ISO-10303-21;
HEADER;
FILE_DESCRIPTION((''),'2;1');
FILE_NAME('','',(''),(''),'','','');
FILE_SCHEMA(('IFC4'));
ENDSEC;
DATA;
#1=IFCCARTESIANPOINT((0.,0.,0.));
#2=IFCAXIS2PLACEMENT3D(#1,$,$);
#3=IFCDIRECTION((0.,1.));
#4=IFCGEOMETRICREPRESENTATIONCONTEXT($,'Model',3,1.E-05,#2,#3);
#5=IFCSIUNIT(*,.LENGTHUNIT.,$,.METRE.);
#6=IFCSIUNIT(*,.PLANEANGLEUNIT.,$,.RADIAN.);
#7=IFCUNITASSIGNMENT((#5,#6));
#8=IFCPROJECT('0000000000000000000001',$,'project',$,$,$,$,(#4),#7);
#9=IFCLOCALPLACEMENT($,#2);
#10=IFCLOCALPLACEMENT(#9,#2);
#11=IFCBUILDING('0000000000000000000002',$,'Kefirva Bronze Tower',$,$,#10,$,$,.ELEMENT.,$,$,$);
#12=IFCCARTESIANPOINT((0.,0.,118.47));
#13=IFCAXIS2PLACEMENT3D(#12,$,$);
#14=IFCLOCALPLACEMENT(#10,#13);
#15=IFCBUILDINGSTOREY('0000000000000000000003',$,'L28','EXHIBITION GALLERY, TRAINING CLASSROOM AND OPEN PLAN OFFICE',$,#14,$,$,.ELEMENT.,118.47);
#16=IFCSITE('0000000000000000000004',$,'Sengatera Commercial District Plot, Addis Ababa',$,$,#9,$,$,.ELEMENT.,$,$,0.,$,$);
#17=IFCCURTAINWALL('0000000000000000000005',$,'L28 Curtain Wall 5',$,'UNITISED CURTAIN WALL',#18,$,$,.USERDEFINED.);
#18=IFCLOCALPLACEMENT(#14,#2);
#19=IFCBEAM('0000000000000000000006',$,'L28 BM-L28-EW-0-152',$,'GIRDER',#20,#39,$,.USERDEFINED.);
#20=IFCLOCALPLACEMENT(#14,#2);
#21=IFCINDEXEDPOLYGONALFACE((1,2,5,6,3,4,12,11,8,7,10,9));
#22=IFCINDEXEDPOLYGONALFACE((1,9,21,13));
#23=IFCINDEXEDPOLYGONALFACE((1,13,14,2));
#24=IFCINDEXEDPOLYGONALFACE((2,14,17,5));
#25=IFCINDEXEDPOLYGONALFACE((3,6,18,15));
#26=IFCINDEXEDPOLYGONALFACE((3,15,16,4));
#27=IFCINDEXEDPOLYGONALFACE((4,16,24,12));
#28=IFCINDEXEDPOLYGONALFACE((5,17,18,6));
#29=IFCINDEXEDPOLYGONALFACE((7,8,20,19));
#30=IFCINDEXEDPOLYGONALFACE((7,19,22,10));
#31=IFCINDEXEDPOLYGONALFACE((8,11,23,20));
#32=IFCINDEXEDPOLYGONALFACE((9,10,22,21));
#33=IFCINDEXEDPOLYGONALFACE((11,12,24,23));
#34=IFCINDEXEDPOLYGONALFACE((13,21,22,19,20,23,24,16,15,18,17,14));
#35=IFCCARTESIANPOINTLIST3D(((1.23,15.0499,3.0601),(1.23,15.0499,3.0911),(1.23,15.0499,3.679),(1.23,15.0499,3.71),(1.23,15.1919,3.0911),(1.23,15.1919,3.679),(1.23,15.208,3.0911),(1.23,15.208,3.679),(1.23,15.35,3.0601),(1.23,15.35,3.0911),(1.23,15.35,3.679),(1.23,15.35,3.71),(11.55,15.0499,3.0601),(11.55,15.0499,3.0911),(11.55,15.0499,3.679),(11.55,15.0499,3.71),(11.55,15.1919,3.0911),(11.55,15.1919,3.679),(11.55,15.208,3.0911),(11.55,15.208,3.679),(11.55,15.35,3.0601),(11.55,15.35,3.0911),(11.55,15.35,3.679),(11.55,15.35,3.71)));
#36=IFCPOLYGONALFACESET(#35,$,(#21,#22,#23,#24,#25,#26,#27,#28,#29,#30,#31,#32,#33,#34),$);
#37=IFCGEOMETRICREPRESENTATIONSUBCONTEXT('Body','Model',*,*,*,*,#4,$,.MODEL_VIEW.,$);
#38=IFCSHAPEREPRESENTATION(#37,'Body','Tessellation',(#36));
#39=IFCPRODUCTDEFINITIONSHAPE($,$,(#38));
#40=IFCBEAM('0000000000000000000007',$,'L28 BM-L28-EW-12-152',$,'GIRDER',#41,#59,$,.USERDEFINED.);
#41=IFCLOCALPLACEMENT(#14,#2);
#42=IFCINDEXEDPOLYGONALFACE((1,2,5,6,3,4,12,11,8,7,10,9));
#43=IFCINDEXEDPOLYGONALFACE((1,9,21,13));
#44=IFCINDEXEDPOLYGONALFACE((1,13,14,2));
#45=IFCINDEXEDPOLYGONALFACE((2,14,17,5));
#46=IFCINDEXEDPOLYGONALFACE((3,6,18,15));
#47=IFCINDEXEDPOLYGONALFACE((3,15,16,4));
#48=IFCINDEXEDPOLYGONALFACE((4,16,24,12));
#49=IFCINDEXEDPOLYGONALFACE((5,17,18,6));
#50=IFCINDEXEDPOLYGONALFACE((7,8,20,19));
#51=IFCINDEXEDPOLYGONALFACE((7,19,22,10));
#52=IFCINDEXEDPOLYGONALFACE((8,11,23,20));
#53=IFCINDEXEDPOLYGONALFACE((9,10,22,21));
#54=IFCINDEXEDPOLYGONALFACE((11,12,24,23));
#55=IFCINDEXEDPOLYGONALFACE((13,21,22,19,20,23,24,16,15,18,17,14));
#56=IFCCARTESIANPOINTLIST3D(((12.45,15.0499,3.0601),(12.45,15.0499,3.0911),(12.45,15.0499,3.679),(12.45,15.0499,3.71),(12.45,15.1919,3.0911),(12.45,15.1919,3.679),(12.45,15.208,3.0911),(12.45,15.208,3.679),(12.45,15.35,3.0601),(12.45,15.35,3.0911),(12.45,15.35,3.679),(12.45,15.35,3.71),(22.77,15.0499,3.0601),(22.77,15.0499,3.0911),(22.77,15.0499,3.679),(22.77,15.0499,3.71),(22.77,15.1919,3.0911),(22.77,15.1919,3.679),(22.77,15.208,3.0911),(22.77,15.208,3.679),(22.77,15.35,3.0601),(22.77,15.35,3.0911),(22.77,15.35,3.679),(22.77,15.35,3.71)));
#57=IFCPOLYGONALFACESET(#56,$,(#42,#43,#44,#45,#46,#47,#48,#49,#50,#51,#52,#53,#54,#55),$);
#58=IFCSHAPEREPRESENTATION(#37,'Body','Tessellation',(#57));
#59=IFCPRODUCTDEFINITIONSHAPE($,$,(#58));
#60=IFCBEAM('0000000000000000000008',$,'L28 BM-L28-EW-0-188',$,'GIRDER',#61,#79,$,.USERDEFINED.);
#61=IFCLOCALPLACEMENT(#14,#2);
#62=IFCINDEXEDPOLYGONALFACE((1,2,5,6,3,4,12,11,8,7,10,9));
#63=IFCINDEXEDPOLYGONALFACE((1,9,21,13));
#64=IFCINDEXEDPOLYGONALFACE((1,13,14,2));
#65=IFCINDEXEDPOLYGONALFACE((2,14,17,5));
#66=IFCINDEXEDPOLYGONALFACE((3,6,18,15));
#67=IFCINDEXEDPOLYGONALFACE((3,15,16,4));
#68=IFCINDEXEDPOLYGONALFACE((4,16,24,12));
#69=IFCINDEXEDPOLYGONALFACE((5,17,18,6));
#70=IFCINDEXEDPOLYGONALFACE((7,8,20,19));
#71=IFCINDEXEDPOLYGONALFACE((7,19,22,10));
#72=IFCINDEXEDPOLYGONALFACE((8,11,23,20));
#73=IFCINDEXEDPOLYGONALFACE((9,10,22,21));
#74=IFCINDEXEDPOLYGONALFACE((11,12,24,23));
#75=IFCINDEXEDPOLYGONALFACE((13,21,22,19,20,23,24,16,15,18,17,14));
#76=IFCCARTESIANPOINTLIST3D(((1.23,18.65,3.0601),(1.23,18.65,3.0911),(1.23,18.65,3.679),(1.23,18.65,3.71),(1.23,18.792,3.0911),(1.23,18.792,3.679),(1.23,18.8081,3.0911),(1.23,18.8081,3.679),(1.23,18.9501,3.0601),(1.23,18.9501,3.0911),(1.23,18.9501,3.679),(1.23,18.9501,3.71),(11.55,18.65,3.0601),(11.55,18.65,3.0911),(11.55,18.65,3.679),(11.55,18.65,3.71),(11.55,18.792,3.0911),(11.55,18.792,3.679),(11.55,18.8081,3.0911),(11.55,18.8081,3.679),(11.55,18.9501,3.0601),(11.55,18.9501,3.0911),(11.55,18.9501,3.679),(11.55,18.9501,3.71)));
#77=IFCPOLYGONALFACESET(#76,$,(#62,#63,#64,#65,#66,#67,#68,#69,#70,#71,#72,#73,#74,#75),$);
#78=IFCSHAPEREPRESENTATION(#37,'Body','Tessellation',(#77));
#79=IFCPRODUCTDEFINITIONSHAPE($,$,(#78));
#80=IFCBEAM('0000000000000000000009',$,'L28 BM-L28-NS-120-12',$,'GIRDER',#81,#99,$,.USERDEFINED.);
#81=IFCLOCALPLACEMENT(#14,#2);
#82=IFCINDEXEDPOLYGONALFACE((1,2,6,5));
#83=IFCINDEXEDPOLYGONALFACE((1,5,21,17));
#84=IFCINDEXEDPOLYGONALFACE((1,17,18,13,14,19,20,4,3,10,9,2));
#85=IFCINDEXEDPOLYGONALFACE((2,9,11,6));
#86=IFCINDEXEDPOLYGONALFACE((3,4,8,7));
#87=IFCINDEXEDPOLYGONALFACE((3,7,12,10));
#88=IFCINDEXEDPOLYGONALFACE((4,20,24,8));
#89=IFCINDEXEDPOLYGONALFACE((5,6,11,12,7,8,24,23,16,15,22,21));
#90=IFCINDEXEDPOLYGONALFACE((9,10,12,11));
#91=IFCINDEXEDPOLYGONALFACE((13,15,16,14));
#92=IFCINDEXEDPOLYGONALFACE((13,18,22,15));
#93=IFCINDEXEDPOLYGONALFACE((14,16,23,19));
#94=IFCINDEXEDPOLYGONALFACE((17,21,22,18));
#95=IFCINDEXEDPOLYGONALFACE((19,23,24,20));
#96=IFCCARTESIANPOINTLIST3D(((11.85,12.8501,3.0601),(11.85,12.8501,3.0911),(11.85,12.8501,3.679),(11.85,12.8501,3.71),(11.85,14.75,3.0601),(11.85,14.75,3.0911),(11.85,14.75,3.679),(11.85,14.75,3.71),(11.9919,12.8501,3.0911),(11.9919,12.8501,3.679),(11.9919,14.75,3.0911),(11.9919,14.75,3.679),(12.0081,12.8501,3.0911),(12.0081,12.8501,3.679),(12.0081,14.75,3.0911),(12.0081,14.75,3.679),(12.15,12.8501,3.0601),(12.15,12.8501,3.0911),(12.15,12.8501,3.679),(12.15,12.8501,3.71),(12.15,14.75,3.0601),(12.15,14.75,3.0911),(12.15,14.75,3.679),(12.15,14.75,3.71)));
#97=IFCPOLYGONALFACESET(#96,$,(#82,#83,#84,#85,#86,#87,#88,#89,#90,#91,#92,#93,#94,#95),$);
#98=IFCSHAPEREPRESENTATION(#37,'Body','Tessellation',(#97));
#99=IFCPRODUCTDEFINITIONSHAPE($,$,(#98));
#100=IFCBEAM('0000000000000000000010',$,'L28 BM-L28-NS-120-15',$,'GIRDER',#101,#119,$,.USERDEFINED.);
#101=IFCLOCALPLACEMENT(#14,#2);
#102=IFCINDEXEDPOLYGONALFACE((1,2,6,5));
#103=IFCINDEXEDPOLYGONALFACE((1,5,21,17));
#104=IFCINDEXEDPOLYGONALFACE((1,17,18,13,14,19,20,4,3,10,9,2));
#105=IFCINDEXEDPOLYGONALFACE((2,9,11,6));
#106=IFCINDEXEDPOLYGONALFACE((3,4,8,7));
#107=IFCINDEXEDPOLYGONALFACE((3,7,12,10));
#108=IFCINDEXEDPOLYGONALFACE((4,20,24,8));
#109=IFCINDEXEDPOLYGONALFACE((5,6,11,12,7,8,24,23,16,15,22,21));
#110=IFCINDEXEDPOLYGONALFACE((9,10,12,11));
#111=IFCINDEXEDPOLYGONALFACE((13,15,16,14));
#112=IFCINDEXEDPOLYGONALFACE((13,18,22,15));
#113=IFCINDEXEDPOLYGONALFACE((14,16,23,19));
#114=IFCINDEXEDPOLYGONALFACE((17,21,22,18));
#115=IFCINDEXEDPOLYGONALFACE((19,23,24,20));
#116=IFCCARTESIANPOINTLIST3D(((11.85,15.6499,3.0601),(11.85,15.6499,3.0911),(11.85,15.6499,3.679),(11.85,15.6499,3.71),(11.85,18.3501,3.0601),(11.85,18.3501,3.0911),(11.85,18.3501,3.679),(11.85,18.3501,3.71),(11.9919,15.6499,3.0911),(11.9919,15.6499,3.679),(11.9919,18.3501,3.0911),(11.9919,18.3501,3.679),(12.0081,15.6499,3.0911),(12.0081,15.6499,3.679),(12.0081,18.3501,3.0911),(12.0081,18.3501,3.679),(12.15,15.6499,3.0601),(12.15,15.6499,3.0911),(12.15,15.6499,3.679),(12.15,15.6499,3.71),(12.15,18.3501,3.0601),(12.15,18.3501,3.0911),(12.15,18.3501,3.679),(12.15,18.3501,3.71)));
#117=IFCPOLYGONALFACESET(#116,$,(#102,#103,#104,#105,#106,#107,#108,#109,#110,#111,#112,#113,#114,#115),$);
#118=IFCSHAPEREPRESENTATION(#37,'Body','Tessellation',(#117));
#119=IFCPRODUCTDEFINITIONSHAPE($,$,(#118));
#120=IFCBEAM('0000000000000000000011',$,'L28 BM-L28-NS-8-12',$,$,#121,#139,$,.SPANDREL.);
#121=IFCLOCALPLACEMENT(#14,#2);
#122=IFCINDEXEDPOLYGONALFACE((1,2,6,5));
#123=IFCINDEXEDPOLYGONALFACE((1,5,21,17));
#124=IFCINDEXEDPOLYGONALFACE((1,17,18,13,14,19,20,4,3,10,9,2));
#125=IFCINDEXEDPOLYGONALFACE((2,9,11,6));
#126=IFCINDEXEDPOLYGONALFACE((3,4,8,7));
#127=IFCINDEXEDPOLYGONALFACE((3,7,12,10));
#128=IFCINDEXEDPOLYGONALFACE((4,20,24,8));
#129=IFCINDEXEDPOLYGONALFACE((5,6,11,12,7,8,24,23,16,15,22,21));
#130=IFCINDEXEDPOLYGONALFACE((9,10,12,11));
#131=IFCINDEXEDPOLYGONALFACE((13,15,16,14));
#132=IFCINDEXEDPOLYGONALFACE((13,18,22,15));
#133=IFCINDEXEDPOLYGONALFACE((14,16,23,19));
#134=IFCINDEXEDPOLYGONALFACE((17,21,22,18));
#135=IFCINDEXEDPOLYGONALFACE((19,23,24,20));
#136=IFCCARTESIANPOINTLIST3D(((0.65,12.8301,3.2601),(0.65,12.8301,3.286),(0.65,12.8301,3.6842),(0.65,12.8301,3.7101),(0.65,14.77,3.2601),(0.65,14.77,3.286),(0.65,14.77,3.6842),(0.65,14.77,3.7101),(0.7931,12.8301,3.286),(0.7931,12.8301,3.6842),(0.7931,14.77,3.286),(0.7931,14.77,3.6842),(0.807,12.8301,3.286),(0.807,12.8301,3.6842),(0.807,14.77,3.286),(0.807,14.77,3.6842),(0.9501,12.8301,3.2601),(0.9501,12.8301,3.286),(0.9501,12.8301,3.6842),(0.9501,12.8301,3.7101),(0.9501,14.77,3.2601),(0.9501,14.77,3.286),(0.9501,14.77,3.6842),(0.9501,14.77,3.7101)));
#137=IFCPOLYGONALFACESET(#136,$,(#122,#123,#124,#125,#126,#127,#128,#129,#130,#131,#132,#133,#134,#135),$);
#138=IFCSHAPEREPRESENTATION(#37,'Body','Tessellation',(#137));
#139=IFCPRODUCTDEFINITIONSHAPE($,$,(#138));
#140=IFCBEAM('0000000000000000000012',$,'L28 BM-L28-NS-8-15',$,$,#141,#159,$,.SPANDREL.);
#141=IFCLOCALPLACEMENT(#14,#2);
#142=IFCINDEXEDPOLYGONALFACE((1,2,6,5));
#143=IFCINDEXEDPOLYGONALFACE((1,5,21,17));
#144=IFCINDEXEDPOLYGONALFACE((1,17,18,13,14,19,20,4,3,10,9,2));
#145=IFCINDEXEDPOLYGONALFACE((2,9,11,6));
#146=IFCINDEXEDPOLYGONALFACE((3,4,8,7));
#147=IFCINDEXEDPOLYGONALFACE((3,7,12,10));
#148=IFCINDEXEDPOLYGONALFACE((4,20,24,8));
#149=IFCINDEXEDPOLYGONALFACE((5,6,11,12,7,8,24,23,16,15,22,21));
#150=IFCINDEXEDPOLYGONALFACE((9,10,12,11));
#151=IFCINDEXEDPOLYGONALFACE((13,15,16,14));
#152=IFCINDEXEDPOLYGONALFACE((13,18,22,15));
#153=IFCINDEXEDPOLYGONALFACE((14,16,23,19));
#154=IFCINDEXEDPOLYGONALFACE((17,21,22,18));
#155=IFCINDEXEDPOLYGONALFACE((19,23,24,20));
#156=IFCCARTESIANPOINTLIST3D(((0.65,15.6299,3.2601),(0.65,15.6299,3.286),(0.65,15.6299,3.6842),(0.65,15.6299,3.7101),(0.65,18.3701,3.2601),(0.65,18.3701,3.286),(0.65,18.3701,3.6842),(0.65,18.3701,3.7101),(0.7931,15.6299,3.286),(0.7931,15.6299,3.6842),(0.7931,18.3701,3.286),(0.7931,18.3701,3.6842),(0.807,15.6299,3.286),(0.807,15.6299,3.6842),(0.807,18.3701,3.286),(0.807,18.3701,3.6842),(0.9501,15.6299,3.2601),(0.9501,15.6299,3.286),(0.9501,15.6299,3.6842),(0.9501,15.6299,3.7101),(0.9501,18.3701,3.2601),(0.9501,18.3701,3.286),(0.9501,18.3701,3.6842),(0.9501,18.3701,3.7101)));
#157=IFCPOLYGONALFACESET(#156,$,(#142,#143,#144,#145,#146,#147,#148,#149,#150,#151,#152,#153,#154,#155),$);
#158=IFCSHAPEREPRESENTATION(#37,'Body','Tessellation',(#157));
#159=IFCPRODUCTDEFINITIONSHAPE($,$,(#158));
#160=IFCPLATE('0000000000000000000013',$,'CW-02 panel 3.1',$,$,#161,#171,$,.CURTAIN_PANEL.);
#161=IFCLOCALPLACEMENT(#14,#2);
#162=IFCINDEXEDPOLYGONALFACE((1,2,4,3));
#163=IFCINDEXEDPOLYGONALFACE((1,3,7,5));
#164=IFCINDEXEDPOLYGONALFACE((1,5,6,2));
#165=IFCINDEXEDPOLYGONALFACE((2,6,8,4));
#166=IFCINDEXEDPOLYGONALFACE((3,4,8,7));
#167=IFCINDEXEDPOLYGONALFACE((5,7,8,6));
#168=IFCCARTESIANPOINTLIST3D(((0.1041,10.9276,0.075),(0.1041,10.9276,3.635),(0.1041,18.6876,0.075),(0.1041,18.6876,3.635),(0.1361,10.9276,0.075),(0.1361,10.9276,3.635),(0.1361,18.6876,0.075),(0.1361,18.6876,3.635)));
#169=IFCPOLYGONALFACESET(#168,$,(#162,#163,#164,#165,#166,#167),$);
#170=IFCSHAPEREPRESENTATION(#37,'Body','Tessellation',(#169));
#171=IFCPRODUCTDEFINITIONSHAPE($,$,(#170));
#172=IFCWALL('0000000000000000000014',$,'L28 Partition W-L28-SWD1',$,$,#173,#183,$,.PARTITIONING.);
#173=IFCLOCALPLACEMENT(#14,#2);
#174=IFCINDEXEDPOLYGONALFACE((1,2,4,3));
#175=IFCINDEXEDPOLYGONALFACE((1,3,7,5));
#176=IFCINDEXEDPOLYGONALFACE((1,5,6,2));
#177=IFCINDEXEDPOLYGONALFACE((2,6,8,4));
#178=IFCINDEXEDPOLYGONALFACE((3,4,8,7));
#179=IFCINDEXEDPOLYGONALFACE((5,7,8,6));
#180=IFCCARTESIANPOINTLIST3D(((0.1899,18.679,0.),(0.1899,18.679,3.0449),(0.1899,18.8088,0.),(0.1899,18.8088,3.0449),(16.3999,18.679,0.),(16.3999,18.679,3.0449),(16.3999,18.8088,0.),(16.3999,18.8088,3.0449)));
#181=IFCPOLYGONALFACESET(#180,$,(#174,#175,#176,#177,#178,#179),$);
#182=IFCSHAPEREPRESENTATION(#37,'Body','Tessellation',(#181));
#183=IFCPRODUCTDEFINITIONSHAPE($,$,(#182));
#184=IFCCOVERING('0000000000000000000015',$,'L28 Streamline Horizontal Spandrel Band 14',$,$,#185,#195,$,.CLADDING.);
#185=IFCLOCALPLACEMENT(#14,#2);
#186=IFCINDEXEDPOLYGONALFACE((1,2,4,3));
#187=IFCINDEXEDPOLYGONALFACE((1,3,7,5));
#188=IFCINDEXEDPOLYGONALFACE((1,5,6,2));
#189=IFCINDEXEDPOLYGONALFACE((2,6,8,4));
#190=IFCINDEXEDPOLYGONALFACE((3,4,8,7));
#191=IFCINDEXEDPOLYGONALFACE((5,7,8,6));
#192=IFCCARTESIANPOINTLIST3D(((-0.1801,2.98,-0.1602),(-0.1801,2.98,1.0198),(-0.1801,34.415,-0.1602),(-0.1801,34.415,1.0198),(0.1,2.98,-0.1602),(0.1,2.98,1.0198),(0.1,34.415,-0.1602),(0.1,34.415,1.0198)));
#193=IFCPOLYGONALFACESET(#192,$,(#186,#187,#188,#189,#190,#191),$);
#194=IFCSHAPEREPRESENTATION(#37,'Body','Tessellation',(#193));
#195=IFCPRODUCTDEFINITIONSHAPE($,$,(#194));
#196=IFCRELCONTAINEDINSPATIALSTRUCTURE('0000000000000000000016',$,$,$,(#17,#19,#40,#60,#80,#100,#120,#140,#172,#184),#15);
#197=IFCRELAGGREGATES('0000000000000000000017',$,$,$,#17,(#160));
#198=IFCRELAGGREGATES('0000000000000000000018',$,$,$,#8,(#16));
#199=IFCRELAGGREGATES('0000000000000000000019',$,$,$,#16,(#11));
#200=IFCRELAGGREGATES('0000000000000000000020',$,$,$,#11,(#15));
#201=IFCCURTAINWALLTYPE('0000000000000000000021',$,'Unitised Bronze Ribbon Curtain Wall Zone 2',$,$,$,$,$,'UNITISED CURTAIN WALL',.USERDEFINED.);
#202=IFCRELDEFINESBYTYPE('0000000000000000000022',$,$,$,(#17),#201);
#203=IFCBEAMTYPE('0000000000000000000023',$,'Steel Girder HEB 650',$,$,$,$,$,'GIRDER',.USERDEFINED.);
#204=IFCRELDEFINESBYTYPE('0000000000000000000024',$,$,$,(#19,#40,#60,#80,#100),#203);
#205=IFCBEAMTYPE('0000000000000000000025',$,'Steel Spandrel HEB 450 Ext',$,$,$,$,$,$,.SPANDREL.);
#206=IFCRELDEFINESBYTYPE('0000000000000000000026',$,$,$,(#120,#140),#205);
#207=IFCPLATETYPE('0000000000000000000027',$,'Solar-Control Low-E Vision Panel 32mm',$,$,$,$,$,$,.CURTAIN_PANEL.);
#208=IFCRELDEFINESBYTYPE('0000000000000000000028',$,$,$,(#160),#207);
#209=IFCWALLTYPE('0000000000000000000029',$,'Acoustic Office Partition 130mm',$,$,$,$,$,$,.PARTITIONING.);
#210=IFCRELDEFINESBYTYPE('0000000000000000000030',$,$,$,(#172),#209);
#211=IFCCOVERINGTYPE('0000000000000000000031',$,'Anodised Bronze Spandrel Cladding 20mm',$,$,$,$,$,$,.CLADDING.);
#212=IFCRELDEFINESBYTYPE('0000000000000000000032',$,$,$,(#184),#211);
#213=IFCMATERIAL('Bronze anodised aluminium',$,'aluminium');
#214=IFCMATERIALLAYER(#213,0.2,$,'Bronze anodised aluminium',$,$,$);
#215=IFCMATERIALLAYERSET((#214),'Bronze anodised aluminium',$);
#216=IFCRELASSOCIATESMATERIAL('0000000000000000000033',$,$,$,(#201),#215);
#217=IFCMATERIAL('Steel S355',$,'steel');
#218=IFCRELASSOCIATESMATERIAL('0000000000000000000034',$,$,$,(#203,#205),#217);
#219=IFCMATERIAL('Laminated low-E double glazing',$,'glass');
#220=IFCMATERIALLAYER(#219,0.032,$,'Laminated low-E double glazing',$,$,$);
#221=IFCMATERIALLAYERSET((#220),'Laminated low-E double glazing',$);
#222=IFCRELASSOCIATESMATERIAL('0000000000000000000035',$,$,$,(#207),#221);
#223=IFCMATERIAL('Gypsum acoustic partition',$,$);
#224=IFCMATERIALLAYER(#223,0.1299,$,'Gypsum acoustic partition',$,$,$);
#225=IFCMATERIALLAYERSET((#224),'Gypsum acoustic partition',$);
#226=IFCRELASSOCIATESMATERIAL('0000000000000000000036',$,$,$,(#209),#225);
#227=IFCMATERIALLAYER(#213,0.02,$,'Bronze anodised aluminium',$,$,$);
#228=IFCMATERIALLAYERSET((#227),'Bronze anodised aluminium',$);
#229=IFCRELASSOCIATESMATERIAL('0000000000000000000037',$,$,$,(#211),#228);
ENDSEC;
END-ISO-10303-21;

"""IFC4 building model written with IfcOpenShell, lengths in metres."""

from ifc_helpers import new_model, si_unit, direction, frame, frame_2d, origin, origin_2d, place, context, subcontext, project, spatial, rectangle, i_section, extrude, material, layer, layer_set, material_profile, profile_set, type_object, element, aggregate, save


model = new_model("IFC4")

# Units and contexts
model_context = context("Model", 3, precision=1e-05, world=origin(), true_north=direction((0.0, 1.0)))
body_context = subcontext(model_context, "Body", "Model", "MODEL_VIEW")
ifc_project = project(units=[si_unit("LENGTHUNIT", "METRE"), si_unit("PLANEANGLEUNIT", "RADIAN")], contexts=[model_context])

# Site, building, storey
site_placement = place(None, origin())
site = spatial("IfcSite", under=ifc_project, at=site_placement, Name="Sengatera Commercial District Plot, Addis Ababa", CompositionType="ELEMENT", RefElevation=0.0)
building_placement = place(site_placement, origin())
building = spatial("IfcBuilding", under=site, at=building_placement, Name="Kefirva Bronze Tower", CompositionType="ELEMENT")
storey_placement = place(building_placement, frame((0.0, 0.0, 118.47)))
storey = spatial("IfcBuildingStorey", under=building, at=storey_placement, Name="L28", Description="EXHIBITION GALLERY, TRAINING CLASSROOM AND OPEN PLAN OFFICE", CompositionType="ELEMENT", Elevation=118.47)

# Curtain wall
ifc_material_1 = material(Name="Bronze anodised aluminium", Category="aluminium")
ifc_layer_1 = layer(ifc_material_1, 0.2, Name="Bronze anodised aluminium")
ifc_layer_set_1 = layer_set([ifc_layer_1], Name="Bronze anodised aluminium")
curtain_wall_type = type_object("IfcCurtainWallType", Name="Unitised Bronze Ribbon Curtain Wall Zone 2", ElementType="UNITISED CURTAIN WALL", PredefinedType="USERDEFINED", material=ifc_layer_set_1)
curtain_wall_placement = place(storey_placement, origin())
curtain_wall = element("IfcCurtainWall", 1, at=curtain_wall_placement, inside=storey, type_object=curtain_wall_type, Name="L28 Curtain Wall 5", ObjectType="UNITISED CURTAIN WALL", PredefinedType="USERDEFINED")

# Beams
ifc_material_2 = material(Name="Steel S355", Category="steel")
ifc_material_profile_1 = material_profile(ifc_material_2, i_section(OverallWidth=0.3, OverallDepth=0.6499, WebThickness=0.0161, FlangeThickness=0.031, at=origin_2d()), Name="HEB 650")
ifc_profile_set_1 = profile_set([ifc_material_profile_1], Name="Steel S355")
beam_type_1 = type_object("IfcBeamType", Name="Steel Girder HEB 650", ElementType="GIRDER", PredefinedType="USERDEFINED", material=ifc_profile_set_1)
for number, where, z_axis, x_axis, name in (
    (2, (1.23, 15.2, 3.385), (1.0, 0.0, 0.0), (0.0, 1.0, 0.0), "L28 BM-L28-EW-0-152"),
    (3, (12.45, 15.2, 3.385), (1.0, 0.0, 0.0), (0.0, 1.0, 0.0), "L28 BM-L28-EW-12-152"),
    (4, (1.23, 18.8, 3.385), (1.0, 0.0, 0.0), (0.0, 1.0, 0.0), "L28 BM-L28-EW-0-188"),
):
    element("IfcBeam", number, at=place(storey_placement, frame(where, z_axis=z_axis, x_axis=x_axis)), inside=storey, type_object=beam_type_1, Name=name, ObjectType="GIRDER", PredefinedType="USERDEFINED", context=body_context, shape_type="SweptSolid", body=[
        extrude(i_section(OverallWidth=0.3, OverallDepth=0.6499, WebThickness=0.0161, FlangeThickness=0.031, at=origin_2d()), origin(), (0.0, 0.0, 1.0), 10.3201),
    ])
beam_1_placement = place(storey_placement, frame((12.0, 12.8501, 3.385), z_axis=(0.0, 1.0, 0.0), x_axis=(-1.0, 0.0, 0.0)))
element("IfcBeam", 5, at=beam_1_placement, inside=storey, type_object=beam_type_1, Name="L28 BM-L28-NS-120-12", ObjectType="GIRDER", PredefinedType="USERDEFINED", context=body_context, shape_type="SweptSolid", body=[
    extrude(i_section(OverallWidth=0.3, OverallDepth=0.6499, WebThickness=0.0161, FlangeThickness=0.031, at=origin_2d()), origin(), (0.0, 0.0, 1.0), 1.8999),
])
beam_2_placement = place(storey_placement, frame((12.0, 15.6499, 3.385), z_axis=(0.0, 1.0, 0.0), x_axis=(-1.0, 0.0, 0.0)))
element("IfcBeam", 6, at=beam_2_placement, inside=storey, type_object=beam_type_1, Name="L28 BM-L28-NS-120-15", ObjectType="GIRDER", PredefinedType="USERDEFINED", context=body_context, shape_type="SweptSolid", body=[
    extrude(i_section(OverallWidth=0.3, OverallDepth=0.6499, WebThickness=0.0161, FlangeThickness=0.031, at=origin_2d()), origin(), (0.0, 0.0, 1.0), 2.7002),
])
ifc_material_profile_2 = material_profile(ifc_material_2, i_section(OverallWidth=0.3, OverallDepth=0.45, WebThickness=0.0139, FlangeThickness=0.0259, at=origin_2d()), Name="HEB 450")
ifc_profile_set_2 = profile_set([ifc_material_profile_2], Name="Steel S355")
beam_type_2 = type_object("IfcBeamType", Name="Steel Spandrel HEB 450 Ext", PredefinedType="SPANDREL", material=ifc_profile_set_2)
beam_3_placement = place(storey_placement, frame((0.8, 12.8301, 3.4851), z_axis=(0.0, 1.0, 0.0), x_axis=(-1.0, 0.0, 0.0)))
element("IfcBeam", 7, at=beam_3_placement, inside=storey, type_object=beam_type_2, Name="L28 BM-L28-NS-8-12", PredefinedType="SPANDREL", context=body_context, shape_type="SweptSolid", body=[
    extrude(i_section(OverallWidth=0.3, OverallDepth=0.45, WebThickness=0.0139, FlangeThickness=0.0259, at=origin_2d()), origin(), (0.0, 0.0, 1.0), 1.9399),
])
beam_4_placement = place(storey_placement, frame((0.8, 15.6299, 3.4851), z_axis=(0.0, 1.0, 0.0), x_axis=(-1.0, 0.0, 0.0)))
element("IfcBeam", 8, at=beam_4_placement, inside=storey, type_object=beam_type_2, Name="L28 BM-L28-NS-8-15", PredefinedType="SPANDREL", context=body_context, shape_type="SweptSolid", body=[
    extrude(i_section(OverallWidth=0.3, OverallDepth=0.45, WebThickness=0.0139, FlangeThickness=0.0259, at=origin_2d()), origin(), (0.0, 0.0, 1.0), 2.7402),
])

# Plate
ifc_material_3 = material(Name="Laminated low-E double glazing", Category="glass")
ifc_layer_2 = layer(ifc_material_3, 0.032, Name="Laminated low-E double glazing")
ifc_layer_set_2 = layer_set([ifc_layer_2], Name="Laminated low-E double glazing")
plate_type = type_object("IfcPlateType", Name="Solar-Control Low-E Vision Panel 32mm", PredefinedType="CURTAIN_PANEL", material=ifc_layer_set_2)
plate_placement = place(storey_placement, frame((0.1201, 14.8076, 0.075), z_axis=(0.0, 0.0, 1.0), x_axis=(0.0, -1.0, 0.0)))
plate = element("IfcPlate", 9, at=plate_placement, type_object=plate_type, Name="CW-02 panel 3.1", PredefinedType="CURTAIN_PANEL", context=body_context, shape_type="SweptSolid", body=[
    extrude(rectangle(XDim=7.76, YDim=0.032, at=origin_2d()), origin(), (0.0, 0.0, 1.0), 3.5601),
])
aggregate(curtain_wall, [plate])

# Wall
ifc_material_4 = material(Name="Gypsum acoustic partition")
ifc_layer_3 = layer(ifc_material_4, 0.1299, Name="Gypsum acoustic partition")
ifc_layer_set_3 = layer_set([ifc_layer_3], Name="Gypsum acoustic partition")
wall_type = type_object("IfcWallType", Name="Acoustic Office Partition 130mm", PredefinedType="PARTITIONING", material=ifc_layer_set_3)
wall_placement = place(storey_placement, frame((0.1899, 18.7439, 0.0), z_axis=(0.0, 0.0, 1.0), x_axis=(1.0, 0.0, 0.0)))
element("IfcWall", 10, at=wall_placement, inside=storey, type_object=wall_type, Name="L28 Partition W-L28-SWD1", PredefinedType="PARTITIONING", context=body_context, shape_type="SweptSolid", body=[
    extrude(rectangle(XDim=16.21, YDim=0.1299, at=frame_2d((8.105, 0.0))), origin(), (0.0, 0.0, 1.0), 3.0449),
])

# Covering
ifc_layer_4 = layer(ifc_material_1, 0.02, Name="Bronze anodised aluminium")
ifc_layer_set_4 = layer_set([ifc_layer_4], Name="Bronze anodised aluminium")
covering_type_1 = type_object("IfcCoveringType", Name="Anodised Bronze Spandrel Cladding 20mm", PredefinedType="CLADDING", material=ifc_layer_set_4)
covering_1_placement = place(storey_placement, frame((-0.04, 18.6975, -0.1602), z_axis=(0.0, 0.0, 1.0), x_axis=(0.0, -1.0, 0.0)))
element("IfcCovering", 11, at=covering_1_placement, inside=storey, type_object=covering_type_1, Name="L28 Streamline Horizontal Spandrel Band 14", PredefinedType="CLADDING", context=body_context, shape_type="SweptSolid", body=[
    extrude(rectangle(XDim=31.4351, YDim=0.28, at=origin_2d()), origin(), (0.0, 0.0, 1.0), 1.1799),
])

save(model, "model.ifc")
